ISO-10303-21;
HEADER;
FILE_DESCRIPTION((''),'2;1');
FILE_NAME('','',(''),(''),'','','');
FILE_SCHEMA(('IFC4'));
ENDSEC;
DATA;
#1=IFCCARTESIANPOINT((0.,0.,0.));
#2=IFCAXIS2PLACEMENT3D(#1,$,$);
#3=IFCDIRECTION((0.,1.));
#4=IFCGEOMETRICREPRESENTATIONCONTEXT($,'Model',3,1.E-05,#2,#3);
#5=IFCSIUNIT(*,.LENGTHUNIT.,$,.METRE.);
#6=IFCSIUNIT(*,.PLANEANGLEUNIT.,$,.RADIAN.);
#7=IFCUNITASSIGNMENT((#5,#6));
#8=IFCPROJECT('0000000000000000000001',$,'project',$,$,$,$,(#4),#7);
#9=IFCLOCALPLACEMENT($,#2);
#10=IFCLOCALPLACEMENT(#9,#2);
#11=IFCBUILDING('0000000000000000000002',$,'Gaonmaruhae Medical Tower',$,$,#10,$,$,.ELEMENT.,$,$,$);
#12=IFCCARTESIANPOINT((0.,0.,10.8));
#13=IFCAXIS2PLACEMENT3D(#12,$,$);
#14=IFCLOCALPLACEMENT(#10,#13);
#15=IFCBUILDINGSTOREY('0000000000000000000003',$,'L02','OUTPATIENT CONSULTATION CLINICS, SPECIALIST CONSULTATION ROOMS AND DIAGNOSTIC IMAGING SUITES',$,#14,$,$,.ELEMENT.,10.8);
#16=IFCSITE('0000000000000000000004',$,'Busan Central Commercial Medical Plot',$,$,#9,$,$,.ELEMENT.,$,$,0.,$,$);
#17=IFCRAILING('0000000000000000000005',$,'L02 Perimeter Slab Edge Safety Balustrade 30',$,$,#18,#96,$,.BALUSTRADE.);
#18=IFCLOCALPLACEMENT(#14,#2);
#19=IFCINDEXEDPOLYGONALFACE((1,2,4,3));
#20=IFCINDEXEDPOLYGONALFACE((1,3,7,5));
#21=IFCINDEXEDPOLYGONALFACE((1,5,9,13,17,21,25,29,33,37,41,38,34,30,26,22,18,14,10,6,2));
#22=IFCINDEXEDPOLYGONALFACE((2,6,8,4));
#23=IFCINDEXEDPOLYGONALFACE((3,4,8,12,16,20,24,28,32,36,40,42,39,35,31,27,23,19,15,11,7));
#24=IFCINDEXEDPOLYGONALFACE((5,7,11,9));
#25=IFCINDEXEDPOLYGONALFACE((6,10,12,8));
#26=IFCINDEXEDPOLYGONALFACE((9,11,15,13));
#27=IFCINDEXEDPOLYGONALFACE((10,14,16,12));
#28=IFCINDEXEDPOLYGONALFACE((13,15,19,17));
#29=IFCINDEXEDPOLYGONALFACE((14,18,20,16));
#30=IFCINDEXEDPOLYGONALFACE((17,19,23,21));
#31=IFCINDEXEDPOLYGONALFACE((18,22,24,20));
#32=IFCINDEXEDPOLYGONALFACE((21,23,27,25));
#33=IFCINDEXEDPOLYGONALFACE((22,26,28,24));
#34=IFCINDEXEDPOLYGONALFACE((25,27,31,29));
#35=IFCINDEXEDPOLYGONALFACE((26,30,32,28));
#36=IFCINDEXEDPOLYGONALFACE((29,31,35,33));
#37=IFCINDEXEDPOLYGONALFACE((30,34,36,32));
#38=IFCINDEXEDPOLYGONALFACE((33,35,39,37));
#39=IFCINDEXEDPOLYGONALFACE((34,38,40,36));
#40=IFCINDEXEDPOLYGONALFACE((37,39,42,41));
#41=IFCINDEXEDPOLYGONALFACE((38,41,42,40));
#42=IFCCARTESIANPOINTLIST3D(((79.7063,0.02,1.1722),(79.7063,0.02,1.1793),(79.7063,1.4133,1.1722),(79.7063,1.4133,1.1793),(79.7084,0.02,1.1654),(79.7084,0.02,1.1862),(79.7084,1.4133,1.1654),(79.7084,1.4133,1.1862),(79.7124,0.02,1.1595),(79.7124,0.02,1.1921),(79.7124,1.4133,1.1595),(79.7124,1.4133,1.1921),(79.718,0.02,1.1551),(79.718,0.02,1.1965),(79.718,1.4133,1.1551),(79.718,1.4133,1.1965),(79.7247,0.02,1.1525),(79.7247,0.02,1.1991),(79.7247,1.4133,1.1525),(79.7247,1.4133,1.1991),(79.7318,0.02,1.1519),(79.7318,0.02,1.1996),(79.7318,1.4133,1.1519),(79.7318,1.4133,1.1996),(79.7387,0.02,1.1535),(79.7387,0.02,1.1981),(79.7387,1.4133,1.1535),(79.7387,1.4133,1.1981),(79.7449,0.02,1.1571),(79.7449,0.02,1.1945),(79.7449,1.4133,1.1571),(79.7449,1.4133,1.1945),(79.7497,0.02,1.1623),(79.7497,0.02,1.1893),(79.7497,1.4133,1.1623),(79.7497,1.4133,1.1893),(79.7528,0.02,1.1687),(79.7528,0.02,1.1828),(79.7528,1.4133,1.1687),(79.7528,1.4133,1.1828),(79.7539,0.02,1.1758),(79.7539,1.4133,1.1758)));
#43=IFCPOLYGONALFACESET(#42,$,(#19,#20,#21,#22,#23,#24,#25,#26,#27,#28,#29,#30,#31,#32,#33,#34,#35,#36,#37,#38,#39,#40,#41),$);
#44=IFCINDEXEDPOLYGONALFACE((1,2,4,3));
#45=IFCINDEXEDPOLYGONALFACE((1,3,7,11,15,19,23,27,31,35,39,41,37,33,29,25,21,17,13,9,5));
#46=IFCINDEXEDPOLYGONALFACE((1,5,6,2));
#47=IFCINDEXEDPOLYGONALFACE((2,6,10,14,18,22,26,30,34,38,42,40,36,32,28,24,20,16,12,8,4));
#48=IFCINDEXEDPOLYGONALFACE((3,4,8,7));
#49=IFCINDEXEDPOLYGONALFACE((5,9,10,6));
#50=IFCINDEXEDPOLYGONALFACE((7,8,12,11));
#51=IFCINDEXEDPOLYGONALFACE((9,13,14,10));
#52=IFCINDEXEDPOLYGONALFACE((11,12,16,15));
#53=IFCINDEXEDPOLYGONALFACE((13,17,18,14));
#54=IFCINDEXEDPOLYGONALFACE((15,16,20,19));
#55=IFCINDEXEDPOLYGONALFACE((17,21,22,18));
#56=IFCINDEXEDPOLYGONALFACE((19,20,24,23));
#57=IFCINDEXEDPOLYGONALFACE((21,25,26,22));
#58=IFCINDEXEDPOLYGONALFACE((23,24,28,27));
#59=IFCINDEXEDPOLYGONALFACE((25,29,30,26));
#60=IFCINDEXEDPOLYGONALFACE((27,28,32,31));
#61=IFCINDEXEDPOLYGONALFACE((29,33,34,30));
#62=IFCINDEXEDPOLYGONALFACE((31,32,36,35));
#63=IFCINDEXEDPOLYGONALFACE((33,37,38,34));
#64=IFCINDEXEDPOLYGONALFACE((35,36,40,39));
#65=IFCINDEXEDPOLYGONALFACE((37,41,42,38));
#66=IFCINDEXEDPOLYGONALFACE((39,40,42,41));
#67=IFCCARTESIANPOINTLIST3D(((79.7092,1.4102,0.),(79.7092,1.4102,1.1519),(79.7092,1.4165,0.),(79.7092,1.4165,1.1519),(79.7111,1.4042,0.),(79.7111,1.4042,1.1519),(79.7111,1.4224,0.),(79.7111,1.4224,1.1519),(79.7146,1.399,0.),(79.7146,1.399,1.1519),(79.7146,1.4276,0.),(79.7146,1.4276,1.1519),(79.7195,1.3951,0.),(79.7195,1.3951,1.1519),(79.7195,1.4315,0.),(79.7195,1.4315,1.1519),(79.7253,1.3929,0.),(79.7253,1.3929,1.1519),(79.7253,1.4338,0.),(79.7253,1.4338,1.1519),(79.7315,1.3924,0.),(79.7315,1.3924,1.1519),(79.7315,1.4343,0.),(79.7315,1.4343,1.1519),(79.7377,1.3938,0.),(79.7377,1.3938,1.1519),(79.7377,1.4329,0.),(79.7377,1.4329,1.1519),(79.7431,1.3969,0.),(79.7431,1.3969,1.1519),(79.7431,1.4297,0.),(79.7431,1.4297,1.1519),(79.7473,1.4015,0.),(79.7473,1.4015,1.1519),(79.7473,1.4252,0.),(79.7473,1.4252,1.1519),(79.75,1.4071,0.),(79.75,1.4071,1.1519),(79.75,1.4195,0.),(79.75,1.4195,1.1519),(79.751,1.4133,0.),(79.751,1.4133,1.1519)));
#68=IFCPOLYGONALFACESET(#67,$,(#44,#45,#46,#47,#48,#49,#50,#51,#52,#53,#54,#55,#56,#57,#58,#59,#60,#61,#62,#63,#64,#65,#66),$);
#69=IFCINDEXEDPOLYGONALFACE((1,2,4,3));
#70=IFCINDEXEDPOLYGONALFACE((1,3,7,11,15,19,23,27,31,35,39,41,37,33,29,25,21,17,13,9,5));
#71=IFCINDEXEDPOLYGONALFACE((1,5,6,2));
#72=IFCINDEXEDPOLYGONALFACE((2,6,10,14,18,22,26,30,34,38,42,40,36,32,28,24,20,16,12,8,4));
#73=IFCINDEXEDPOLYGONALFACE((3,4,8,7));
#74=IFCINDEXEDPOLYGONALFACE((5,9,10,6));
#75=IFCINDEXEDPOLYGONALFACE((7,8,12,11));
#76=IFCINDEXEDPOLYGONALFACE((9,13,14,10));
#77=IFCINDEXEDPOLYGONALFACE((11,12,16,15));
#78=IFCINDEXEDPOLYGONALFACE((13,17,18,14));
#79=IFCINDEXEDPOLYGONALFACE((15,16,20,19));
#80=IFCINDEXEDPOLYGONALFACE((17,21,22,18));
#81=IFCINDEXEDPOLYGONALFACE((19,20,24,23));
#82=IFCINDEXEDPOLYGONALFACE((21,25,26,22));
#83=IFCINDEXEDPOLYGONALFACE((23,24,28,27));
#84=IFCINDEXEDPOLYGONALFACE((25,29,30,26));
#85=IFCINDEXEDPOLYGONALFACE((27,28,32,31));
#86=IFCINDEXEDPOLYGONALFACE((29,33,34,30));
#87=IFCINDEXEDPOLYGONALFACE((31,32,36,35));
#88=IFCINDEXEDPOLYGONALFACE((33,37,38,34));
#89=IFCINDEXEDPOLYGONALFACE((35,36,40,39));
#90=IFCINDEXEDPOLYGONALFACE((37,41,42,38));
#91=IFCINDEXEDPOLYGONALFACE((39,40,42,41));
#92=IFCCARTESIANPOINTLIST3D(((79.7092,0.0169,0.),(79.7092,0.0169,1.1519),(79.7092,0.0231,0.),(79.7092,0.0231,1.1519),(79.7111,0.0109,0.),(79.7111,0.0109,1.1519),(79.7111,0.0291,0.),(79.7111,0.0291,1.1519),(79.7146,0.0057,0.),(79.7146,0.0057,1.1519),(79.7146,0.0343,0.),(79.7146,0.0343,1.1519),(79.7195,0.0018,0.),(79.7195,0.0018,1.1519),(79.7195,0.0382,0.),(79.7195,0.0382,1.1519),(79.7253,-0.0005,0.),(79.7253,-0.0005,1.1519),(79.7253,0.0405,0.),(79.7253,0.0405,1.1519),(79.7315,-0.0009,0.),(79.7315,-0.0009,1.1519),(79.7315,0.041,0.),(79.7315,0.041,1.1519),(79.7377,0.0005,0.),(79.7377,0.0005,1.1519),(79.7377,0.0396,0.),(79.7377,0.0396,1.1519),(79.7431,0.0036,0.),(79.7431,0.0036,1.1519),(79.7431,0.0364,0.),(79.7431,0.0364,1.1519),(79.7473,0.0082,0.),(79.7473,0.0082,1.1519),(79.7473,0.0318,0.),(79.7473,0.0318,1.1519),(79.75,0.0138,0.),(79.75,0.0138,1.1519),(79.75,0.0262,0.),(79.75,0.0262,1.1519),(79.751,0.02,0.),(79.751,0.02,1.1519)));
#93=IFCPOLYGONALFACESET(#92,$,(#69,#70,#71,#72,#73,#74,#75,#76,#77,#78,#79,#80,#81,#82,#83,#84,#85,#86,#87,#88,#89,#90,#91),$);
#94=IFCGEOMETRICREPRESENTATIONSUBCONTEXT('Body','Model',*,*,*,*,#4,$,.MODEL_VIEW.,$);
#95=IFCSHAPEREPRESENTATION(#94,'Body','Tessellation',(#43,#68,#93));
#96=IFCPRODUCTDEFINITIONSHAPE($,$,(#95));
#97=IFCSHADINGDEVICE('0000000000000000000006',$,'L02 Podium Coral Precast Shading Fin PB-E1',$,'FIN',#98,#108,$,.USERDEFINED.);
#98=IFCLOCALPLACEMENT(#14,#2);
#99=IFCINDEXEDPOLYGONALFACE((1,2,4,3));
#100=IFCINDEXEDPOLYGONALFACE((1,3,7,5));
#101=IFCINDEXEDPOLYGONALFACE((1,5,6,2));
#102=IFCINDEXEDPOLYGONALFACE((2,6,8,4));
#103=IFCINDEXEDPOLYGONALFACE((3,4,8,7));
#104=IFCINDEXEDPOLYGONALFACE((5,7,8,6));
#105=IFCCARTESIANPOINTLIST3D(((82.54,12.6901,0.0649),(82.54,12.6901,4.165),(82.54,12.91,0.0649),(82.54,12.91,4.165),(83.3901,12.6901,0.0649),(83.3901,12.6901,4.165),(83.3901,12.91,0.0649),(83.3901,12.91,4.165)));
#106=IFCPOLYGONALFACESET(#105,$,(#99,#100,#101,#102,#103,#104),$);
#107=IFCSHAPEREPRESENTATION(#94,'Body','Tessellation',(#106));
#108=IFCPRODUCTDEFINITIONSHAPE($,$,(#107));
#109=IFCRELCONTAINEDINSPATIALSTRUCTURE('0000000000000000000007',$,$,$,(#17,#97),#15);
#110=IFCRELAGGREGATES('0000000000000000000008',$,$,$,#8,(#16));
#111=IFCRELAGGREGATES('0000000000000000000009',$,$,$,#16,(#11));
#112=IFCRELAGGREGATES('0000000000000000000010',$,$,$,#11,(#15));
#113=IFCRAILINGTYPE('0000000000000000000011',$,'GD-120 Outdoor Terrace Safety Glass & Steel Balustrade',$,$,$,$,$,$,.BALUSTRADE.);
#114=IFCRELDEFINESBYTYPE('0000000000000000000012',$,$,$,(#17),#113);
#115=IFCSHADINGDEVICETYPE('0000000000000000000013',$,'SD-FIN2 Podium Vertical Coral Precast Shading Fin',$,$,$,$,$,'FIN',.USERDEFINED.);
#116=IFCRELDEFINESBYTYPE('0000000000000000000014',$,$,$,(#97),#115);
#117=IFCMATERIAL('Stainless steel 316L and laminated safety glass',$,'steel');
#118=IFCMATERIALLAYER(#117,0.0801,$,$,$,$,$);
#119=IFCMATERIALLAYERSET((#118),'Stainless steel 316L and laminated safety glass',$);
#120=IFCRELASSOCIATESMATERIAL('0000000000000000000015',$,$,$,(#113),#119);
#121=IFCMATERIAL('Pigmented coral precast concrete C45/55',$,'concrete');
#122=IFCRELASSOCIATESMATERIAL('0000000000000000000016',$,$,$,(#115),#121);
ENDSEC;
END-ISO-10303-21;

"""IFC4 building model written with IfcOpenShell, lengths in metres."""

from ifc_helpers import new_model, si_unit, direction, frame, origin, origin_2d, place, context, subcontext, project, spatial, rectangle, circle, extrude, material, layer, layer_set, type_object, element, save


model = new_model("IFC4")

# Units and contexts
model_context = context("Model", 3, precision=1e-05, world=origin(), true_north=direction((0.0, 1.0)))
body_context = subcontext(model_context, "Body", "Model", "MODEL_VIEW")
ifc_project = project(units=[si_unit("LENGTHUNIT", "METRE"), si_unit("PLANEANGLEUNIT", "RADIAN")], contexts=[model_context])

# Site, building, storey
site_placement = place(None, origin())
site = spatial("IfcSite", under=ifc_project, at=site_placement, Name="Busan Central Commercial Medical Plot", CompositionType="ELEMENT", RefElevation=0.0)
building_placement = place(site_placement, origin())
building = spatial("IfcBuilding", under=site, at=building_placement, Name="Gaonmaruhae Medical Tower", CompositionType="ELEMENT")
storey_placement = place(building_placement, frame((0.0, 0.0, 10.8)))
storey = spatial("IfcBuildingStorey", under=building, at=storey_placement, Name="L02", Description="OUTPATIENT CONSULTATION CLINICS, SPECIALIST CONSULTATION ROOMS AND DIAGNOSTIC IMAGING SUITES", CompositionType="ELEMENT", Elevation=10.8)

# Railing
ifc_material_1 = material(Name="Stainless steel 316L and laminated safety glass", Category="steel")
ifc_layer_1 = layer(ifc_material_1, 0.0801)
ifc_layer_set_1 = layer_set([ifc_layer_1], Name="Stainless steel 316L and laminated safety glass")
railing_type = type_object("IfcRailingType", Name="GD-120 Outdoor Terrace Safety Glass & Steel Balustrade", PredefinedType="BALUSTRADE", material=ifc_layer_set_1)
railing_1_placement = place(storey_placement, frame((79.73, 1.4133, 0.0)))
element("IfcRailing", 1, at=railing_1_placement, inside=storey, type_object=railing_type, Name="L02 Perimeter Slab Edge Safety Balustrade 30", PredefinedType="BALUSTRADE", context=body_context, shape_type="SweptSolid", body=[
    extrude(circle(Radius=0.0239, at=origin_2d()), frame((0.0, 0.0, 1.1758), z_axis=(0.0, -1.0, 0.0), x_axis=(1.0, 0.0, 0.0)), (0.0, 0.0, 1.0), 1.3933),
    extrude(circle(Radius=0.021, at=origin_2d()), origin(), (0.0, 0.0, 1.0), 1.1519),
    extrude(circle(Radius=0.021, at=origin_2d()), frame((0.0, -1.3933, 0.0)), (0.0, 0.0, 1.0), 1.1519),
])

# Shading device
ifc_material_2 = material(Name="Pigmented coral precast concrete C45/55", Category="concrete")
shading_device_type = type_object("IfcShadingDeviceType", Name="SD-FIN2 Podium Vertical Coral Precast Shading Fin", ElementType="FIN", PredefinedType="USERDEFINED", material=ifc_material_2)
shading_device_placement = place(storey_placement, frame((82.9651, 12.8, 0.0649), z_axis=(0.0, 0.0, 1.0), x_axis=(0.0, -1.0, 0.0)))
element("IfcShadingDevice", 2, at=shading_device_placement, inside=storey, type_object=shading_device_type, Name="L02 Podium Coral Precast Shading Fin PB-E1", ObjectType="FIN", PredefinedType="USERDEFINED", context=body_context, shape_type="SweptSolid", body=[
    extrude(rectangle(XDim=0.22, YDim=0.8501, at=origin_2d()), origin(), (0.0, 0.0, 1.0), 4.1001),
])

save(model, "model.ifc")
